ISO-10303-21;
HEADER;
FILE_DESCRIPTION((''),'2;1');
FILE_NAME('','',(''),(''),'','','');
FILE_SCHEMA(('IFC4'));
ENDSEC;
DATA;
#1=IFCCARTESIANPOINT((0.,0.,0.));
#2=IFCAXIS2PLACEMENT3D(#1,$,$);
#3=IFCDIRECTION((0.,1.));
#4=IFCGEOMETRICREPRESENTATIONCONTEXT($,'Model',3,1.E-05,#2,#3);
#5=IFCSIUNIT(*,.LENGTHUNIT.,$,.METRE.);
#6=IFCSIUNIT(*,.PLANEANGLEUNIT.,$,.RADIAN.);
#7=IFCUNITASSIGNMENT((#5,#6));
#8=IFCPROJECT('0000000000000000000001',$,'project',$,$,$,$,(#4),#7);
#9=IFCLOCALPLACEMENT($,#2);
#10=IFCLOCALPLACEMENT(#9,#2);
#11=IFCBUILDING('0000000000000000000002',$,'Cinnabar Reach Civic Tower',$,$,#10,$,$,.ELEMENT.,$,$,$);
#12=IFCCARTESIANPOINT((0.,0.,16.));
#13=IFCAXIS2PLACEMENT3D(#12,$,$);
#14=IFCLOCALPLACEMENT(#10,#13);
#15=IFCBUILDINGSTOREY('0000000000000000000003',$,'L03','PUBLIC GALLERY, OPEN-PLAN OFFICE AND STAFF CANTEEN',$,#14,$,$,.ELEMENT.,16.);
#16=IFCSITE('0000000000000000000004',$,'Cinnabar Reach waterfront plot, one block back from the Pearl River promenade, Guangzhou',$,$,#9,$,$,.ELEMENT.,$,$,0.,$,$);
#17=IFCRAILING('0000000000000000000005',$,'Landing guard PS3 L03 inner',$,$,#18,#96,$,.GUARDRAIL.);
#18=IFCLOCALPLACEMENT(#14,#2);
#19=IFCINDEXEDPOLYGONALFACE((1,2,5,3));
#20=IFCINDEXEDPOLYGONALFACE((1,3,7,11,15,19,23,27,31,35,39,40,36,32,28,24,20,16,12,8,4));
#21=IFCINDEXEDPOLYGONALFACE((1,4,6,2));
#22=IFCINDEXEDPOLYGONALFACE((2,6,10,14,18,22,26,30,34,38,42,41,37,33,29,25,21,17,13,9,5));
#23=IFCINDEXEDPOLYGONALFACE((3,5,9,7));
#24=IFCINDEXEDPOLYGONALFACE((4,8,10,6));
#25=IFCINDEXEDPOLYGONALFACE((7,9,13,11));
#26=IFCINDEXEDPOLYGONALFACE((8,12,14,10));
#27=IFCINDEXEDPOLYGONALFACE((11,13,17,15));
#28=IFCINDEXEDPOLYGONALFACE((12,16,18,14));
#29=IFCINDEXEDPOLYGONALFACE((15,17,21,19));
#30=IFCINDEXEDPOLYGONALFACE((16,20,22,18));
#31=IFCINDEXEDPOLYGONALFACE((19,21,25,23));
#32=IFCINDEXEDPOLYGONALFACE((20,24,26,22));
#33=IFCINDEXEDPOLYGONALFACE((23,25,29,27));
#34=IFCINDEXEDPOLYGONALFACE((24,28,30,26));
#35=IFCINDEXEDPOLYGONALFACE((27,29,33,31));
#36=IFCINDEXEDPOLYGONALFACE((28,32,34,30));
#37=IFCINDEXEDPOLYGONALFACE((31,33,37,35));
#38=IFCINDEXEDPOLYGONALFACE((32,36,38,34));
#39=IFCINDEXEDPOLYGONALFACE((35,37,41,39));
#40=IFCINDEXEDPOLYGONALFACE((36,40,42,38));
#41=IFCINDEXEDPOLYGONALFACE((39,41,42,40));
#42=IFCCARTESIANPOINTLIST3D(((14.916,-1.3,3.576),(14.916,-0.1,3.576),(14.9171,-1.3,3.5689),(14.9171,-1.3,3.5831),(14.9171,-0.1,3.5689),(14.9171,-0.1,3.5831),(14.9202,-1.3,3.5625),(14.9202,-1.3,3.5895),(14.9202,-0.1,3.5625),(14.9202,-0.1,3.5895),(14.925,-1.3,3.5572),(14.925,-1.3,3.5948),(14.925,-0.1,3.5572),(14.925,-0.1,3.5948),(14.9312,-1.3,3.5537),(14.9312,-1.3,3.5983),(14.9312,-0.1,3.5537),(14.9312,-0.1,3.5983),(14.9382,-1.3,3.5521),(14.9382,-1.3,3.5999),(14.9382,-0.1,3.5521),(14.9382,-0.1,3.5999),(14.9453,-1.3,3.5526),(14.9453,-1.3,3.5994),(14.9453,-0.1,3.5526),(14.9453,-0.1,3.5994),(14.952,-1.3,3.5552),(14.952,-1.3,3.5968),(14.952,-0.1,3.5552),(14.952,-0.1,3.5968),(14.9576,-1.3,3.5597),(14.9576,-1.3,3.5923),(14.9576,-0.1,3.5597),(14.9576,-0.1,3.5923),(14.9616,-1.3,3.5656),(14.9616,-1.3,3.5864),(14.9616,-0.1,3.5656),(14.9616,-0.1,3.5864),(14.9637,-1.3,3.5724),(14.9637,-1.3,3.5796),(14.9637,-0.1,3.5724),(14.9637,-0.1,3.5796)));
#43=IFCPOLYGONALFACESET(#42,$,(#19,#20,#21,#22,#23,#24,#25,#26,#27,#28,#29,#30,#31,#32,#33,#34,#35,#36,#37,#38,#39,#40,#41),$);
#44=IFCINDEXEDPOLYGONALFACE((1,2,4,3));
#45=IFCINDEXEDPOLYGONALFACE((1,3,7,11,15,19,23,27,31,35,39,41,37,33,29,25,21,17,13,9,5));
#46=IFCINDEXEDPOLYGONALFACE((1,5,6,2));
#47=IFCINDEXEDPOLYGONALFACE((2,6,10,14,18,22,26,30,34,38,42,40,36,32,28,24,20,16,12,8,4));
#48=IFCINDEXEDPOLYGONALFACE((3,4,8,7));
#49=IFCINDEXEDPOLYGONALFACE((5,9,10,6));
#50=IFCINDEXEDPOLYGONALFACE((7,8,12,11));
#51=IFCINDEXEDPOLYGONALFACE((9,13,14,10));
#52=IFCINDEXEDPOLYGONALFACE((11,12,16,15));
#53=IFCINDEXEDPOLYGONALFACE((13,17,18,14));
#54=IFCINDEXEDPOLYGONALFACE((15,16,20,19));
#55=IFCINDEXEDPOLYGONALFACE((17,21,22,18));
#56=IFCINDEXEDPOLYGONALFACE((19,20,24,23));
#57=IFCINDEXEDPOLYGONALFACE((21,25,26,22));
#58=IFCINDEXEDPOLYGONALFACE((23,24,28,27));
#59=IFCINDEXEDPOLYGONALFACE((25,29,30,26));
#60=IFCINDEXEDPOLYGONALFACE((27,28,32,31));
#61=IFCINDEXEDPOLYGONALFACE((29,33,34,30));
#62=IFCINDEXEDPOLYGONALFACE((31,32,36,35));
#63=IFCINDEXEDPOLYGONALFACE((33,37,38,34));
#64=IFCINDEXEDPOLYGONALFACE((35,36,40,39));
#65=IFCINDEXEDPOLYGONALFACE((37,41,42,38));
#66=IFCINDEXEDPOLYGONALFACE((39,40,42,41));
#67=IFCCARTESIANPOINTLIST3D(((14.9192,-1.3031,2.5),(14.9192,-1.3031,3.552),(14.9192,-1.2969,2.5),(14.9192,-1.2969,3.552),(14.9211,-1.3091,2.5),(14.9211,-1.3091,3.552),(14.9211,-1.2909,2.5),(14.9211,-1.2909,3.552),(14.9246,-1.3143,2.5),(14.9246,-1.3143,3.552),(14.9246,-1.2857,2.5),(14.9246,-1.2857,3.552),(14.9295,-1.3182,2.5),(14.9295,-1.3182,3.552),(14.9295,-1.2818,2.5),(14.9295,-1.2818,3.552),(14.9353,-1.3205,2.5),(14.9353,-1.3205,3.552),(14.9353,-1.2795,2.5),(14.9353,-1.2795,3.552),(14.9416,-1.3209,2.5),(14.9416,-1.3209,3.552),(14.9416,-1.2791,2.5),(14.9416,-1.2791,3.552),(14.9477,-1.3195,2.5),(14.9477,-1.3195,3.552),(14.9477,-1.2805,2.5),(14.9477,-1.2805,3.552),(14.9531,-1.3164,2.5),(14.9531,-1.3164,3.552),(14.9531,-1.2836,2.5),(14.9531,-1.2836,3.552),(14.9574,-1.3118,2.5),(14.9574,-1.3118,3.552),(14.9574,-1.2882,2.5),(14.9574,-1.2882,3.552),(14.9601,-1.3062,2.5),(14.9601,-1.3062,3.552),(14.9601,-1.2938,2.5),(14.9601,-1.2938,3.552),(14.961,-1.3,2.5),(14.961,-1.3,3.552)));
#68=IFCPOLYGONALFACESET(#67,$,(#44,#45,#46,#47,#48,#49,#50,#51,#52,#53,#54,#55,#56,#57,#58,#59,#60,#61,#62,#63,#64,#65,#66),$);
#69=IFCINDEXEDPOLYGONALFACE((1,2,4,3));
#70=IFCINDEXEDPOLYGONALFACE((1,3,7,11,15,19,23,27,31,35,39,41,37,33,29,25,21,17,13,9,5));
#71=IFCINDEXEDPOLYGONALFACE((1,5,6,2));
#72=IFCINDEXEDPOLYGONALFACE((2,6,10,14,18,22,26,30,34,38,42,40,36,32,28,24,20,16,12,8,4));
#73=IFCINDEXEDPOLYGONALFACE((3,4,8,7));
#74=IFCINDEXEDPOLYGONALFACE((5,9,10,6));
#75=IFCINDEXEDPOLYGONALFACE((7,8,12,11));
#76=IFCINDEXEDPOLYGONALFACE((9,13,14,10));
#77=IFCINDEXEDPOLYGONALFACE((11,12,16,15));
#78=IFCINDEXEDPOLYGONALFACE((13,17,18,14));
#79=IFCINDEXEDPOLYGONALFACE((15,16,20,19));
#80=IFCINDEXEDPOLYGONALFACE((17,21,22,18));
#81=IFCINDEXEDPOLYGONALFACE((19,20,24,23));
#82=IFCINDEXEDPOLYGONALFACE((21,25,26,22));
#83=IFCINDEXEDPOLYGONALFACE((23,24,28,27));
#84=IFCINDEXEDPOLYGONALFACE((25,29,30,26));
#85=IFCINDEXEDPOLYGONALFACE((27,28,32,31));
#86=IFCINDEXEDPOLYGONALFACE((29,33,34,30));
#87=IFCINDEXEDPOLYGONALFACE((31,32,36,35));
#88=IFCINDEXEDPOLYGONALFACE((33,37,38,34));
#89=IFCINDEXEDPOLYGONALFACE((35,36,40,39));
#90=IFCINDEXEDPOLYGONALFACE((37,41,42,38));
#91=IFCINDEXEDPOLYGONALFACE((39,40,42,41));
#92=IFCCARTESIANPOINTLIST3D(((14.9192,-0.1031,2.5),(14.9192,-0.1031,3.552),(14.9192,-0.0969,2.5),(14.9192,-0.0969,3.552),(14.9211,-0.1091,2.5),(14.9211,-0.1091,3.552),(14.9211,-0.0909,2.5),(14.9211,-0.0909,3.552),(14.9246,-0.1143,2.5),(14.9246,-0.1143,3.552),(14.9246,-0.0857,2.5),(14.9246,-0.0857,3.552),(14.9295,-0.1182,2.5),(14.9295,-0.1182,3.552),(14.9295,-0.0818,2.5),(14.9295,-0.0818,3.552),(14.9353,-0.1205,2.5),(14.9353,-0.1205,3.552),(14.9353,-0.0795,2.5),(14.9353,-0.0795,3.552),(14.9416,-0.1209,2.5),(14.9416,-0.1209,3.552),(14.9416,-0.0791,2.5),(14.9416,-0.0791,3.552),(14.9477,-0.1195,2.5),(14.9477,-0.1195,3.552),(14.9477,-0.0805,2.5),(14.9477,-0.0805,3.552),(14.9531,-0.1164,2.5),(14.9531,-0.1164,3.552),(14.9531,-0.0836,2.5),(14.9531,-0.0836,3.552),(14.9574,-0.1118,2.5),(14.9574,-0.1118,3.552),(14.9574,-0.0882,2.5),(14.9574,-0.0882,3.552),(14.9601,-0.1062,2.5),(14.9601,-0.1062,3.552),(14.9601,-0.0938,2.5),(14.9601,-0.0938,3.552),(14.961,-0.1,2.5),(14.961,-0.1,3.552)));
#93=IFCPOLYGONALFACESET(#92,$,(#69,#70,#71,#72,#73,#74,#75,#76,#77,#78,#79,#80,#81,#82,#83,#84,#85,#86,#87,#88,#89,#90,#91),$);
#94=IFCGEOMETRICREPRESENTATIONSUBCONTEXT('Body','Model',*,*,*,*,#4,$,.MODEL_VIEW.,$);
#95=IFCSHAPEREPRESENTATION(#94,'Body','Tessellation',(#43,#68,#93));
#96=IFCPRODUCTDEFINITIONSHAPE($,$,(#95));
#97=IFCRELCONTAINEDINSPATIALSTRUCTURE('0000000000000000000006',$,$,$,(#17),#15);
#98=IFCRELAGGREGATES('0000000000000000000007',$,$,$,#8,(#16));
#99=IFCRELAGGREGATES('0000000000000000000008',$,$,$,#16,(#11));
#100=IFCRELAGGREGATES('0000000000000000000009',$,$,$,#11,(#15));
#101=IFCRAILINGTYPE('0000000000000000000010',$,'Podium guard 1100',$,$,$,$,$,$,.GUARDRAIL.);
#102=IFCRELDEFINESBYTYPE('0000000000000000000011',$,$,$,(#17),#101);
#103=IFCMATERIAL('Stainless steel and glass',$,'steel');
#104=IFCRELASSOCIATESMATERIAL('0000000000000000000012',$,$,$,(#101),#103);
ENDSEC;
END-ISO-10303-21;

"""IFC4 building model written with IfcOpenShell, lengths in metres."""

from ifc_helpers import new_model, si_unit, direction, frame, origin, origin_2d, place, context, subcontext, project, spatial, circle, extrude, material, type_object, element, save


model = new_model("IFC4")

# Units and contexts
model_context = context("Model", 3, precision=1e-05, world=origin(), true_north=direction((0.0, 1.0)))
body_context = subcontext(model_context, "Body", "Model", "MODEL_VIEW")
ifc_project = project(units=[si_unit("LENGTHUNIT", "METRE"), si_unit("PLANEANGLEUNIT", "RADIAN")], contexts=[model_context])

# Site, building, storey
site_placement = place(None, origin())
site = spatial("IfcSite", under=ifc_project, at=site_placement, Name="Cinnabar Reach waterfront plot, one block back from the Pearl River promenade, Guangzhou", CompositionType="ELEMENT", RefElevation=0.0)
building_placement = place(site_placement, origin())
building = spatial("IfcBuilding", under=site, at=building_placement, Name="Cinnabar Reach Civic Tower", CompositionType="ELEMENT")
storey_placement = place(building_placement, frame((0.0, 0.0, 16.0)))
storey = spatial("IfcBuildingStorey", under=building, at=storey_placement, Name="L03", Description="PUBLIC GALLERY, OPEN-PLAN OFFICE AND STAFF CANTEEN", CompositionType="ELEMENT", Elevation=16.0)

# Railing
ifc_material_1 = material(Name="Stainless steel and glass", Category="steel")
railing_type_1 = type_object("IfcRailingType", Name="Podium guard 1100", PredefinedType="GUARDRAIL", material=ifc_material_1)
railing_1_placement = place(storey_placement, frame((14.94, -1.3, 2.5)))
element("IfcRailing", 1, at=railing_1_placement, inside=storey, type_object=railing_type_1, Name="Landing guard PS3 L03 inner", PredefinedType="GUARDRAIL", context=body_context, shape_type="SweptSolid", body=[
    extrude(circle(Radius=0.024, at=origin_2d()), frame((0.0, 0.0, 1.076), z_axis=(0.0, 1.0, 0.0), x_axis=(-1.0, 0.0, 0.0)), (0.0, 0.0, 1.0), 1.2),
    extrude(circle(Radius=0.021, at=origin_2d()), origin(), (0.0, 0.0, 1.0), 1.052),
    extrude(circle(Radius=0.021, at=origin_2d()), frame((0.0, 1.2, 0.0)), (0.0, 0.0, 1.0), 1.052),
])

save(model, "model.ifc")
